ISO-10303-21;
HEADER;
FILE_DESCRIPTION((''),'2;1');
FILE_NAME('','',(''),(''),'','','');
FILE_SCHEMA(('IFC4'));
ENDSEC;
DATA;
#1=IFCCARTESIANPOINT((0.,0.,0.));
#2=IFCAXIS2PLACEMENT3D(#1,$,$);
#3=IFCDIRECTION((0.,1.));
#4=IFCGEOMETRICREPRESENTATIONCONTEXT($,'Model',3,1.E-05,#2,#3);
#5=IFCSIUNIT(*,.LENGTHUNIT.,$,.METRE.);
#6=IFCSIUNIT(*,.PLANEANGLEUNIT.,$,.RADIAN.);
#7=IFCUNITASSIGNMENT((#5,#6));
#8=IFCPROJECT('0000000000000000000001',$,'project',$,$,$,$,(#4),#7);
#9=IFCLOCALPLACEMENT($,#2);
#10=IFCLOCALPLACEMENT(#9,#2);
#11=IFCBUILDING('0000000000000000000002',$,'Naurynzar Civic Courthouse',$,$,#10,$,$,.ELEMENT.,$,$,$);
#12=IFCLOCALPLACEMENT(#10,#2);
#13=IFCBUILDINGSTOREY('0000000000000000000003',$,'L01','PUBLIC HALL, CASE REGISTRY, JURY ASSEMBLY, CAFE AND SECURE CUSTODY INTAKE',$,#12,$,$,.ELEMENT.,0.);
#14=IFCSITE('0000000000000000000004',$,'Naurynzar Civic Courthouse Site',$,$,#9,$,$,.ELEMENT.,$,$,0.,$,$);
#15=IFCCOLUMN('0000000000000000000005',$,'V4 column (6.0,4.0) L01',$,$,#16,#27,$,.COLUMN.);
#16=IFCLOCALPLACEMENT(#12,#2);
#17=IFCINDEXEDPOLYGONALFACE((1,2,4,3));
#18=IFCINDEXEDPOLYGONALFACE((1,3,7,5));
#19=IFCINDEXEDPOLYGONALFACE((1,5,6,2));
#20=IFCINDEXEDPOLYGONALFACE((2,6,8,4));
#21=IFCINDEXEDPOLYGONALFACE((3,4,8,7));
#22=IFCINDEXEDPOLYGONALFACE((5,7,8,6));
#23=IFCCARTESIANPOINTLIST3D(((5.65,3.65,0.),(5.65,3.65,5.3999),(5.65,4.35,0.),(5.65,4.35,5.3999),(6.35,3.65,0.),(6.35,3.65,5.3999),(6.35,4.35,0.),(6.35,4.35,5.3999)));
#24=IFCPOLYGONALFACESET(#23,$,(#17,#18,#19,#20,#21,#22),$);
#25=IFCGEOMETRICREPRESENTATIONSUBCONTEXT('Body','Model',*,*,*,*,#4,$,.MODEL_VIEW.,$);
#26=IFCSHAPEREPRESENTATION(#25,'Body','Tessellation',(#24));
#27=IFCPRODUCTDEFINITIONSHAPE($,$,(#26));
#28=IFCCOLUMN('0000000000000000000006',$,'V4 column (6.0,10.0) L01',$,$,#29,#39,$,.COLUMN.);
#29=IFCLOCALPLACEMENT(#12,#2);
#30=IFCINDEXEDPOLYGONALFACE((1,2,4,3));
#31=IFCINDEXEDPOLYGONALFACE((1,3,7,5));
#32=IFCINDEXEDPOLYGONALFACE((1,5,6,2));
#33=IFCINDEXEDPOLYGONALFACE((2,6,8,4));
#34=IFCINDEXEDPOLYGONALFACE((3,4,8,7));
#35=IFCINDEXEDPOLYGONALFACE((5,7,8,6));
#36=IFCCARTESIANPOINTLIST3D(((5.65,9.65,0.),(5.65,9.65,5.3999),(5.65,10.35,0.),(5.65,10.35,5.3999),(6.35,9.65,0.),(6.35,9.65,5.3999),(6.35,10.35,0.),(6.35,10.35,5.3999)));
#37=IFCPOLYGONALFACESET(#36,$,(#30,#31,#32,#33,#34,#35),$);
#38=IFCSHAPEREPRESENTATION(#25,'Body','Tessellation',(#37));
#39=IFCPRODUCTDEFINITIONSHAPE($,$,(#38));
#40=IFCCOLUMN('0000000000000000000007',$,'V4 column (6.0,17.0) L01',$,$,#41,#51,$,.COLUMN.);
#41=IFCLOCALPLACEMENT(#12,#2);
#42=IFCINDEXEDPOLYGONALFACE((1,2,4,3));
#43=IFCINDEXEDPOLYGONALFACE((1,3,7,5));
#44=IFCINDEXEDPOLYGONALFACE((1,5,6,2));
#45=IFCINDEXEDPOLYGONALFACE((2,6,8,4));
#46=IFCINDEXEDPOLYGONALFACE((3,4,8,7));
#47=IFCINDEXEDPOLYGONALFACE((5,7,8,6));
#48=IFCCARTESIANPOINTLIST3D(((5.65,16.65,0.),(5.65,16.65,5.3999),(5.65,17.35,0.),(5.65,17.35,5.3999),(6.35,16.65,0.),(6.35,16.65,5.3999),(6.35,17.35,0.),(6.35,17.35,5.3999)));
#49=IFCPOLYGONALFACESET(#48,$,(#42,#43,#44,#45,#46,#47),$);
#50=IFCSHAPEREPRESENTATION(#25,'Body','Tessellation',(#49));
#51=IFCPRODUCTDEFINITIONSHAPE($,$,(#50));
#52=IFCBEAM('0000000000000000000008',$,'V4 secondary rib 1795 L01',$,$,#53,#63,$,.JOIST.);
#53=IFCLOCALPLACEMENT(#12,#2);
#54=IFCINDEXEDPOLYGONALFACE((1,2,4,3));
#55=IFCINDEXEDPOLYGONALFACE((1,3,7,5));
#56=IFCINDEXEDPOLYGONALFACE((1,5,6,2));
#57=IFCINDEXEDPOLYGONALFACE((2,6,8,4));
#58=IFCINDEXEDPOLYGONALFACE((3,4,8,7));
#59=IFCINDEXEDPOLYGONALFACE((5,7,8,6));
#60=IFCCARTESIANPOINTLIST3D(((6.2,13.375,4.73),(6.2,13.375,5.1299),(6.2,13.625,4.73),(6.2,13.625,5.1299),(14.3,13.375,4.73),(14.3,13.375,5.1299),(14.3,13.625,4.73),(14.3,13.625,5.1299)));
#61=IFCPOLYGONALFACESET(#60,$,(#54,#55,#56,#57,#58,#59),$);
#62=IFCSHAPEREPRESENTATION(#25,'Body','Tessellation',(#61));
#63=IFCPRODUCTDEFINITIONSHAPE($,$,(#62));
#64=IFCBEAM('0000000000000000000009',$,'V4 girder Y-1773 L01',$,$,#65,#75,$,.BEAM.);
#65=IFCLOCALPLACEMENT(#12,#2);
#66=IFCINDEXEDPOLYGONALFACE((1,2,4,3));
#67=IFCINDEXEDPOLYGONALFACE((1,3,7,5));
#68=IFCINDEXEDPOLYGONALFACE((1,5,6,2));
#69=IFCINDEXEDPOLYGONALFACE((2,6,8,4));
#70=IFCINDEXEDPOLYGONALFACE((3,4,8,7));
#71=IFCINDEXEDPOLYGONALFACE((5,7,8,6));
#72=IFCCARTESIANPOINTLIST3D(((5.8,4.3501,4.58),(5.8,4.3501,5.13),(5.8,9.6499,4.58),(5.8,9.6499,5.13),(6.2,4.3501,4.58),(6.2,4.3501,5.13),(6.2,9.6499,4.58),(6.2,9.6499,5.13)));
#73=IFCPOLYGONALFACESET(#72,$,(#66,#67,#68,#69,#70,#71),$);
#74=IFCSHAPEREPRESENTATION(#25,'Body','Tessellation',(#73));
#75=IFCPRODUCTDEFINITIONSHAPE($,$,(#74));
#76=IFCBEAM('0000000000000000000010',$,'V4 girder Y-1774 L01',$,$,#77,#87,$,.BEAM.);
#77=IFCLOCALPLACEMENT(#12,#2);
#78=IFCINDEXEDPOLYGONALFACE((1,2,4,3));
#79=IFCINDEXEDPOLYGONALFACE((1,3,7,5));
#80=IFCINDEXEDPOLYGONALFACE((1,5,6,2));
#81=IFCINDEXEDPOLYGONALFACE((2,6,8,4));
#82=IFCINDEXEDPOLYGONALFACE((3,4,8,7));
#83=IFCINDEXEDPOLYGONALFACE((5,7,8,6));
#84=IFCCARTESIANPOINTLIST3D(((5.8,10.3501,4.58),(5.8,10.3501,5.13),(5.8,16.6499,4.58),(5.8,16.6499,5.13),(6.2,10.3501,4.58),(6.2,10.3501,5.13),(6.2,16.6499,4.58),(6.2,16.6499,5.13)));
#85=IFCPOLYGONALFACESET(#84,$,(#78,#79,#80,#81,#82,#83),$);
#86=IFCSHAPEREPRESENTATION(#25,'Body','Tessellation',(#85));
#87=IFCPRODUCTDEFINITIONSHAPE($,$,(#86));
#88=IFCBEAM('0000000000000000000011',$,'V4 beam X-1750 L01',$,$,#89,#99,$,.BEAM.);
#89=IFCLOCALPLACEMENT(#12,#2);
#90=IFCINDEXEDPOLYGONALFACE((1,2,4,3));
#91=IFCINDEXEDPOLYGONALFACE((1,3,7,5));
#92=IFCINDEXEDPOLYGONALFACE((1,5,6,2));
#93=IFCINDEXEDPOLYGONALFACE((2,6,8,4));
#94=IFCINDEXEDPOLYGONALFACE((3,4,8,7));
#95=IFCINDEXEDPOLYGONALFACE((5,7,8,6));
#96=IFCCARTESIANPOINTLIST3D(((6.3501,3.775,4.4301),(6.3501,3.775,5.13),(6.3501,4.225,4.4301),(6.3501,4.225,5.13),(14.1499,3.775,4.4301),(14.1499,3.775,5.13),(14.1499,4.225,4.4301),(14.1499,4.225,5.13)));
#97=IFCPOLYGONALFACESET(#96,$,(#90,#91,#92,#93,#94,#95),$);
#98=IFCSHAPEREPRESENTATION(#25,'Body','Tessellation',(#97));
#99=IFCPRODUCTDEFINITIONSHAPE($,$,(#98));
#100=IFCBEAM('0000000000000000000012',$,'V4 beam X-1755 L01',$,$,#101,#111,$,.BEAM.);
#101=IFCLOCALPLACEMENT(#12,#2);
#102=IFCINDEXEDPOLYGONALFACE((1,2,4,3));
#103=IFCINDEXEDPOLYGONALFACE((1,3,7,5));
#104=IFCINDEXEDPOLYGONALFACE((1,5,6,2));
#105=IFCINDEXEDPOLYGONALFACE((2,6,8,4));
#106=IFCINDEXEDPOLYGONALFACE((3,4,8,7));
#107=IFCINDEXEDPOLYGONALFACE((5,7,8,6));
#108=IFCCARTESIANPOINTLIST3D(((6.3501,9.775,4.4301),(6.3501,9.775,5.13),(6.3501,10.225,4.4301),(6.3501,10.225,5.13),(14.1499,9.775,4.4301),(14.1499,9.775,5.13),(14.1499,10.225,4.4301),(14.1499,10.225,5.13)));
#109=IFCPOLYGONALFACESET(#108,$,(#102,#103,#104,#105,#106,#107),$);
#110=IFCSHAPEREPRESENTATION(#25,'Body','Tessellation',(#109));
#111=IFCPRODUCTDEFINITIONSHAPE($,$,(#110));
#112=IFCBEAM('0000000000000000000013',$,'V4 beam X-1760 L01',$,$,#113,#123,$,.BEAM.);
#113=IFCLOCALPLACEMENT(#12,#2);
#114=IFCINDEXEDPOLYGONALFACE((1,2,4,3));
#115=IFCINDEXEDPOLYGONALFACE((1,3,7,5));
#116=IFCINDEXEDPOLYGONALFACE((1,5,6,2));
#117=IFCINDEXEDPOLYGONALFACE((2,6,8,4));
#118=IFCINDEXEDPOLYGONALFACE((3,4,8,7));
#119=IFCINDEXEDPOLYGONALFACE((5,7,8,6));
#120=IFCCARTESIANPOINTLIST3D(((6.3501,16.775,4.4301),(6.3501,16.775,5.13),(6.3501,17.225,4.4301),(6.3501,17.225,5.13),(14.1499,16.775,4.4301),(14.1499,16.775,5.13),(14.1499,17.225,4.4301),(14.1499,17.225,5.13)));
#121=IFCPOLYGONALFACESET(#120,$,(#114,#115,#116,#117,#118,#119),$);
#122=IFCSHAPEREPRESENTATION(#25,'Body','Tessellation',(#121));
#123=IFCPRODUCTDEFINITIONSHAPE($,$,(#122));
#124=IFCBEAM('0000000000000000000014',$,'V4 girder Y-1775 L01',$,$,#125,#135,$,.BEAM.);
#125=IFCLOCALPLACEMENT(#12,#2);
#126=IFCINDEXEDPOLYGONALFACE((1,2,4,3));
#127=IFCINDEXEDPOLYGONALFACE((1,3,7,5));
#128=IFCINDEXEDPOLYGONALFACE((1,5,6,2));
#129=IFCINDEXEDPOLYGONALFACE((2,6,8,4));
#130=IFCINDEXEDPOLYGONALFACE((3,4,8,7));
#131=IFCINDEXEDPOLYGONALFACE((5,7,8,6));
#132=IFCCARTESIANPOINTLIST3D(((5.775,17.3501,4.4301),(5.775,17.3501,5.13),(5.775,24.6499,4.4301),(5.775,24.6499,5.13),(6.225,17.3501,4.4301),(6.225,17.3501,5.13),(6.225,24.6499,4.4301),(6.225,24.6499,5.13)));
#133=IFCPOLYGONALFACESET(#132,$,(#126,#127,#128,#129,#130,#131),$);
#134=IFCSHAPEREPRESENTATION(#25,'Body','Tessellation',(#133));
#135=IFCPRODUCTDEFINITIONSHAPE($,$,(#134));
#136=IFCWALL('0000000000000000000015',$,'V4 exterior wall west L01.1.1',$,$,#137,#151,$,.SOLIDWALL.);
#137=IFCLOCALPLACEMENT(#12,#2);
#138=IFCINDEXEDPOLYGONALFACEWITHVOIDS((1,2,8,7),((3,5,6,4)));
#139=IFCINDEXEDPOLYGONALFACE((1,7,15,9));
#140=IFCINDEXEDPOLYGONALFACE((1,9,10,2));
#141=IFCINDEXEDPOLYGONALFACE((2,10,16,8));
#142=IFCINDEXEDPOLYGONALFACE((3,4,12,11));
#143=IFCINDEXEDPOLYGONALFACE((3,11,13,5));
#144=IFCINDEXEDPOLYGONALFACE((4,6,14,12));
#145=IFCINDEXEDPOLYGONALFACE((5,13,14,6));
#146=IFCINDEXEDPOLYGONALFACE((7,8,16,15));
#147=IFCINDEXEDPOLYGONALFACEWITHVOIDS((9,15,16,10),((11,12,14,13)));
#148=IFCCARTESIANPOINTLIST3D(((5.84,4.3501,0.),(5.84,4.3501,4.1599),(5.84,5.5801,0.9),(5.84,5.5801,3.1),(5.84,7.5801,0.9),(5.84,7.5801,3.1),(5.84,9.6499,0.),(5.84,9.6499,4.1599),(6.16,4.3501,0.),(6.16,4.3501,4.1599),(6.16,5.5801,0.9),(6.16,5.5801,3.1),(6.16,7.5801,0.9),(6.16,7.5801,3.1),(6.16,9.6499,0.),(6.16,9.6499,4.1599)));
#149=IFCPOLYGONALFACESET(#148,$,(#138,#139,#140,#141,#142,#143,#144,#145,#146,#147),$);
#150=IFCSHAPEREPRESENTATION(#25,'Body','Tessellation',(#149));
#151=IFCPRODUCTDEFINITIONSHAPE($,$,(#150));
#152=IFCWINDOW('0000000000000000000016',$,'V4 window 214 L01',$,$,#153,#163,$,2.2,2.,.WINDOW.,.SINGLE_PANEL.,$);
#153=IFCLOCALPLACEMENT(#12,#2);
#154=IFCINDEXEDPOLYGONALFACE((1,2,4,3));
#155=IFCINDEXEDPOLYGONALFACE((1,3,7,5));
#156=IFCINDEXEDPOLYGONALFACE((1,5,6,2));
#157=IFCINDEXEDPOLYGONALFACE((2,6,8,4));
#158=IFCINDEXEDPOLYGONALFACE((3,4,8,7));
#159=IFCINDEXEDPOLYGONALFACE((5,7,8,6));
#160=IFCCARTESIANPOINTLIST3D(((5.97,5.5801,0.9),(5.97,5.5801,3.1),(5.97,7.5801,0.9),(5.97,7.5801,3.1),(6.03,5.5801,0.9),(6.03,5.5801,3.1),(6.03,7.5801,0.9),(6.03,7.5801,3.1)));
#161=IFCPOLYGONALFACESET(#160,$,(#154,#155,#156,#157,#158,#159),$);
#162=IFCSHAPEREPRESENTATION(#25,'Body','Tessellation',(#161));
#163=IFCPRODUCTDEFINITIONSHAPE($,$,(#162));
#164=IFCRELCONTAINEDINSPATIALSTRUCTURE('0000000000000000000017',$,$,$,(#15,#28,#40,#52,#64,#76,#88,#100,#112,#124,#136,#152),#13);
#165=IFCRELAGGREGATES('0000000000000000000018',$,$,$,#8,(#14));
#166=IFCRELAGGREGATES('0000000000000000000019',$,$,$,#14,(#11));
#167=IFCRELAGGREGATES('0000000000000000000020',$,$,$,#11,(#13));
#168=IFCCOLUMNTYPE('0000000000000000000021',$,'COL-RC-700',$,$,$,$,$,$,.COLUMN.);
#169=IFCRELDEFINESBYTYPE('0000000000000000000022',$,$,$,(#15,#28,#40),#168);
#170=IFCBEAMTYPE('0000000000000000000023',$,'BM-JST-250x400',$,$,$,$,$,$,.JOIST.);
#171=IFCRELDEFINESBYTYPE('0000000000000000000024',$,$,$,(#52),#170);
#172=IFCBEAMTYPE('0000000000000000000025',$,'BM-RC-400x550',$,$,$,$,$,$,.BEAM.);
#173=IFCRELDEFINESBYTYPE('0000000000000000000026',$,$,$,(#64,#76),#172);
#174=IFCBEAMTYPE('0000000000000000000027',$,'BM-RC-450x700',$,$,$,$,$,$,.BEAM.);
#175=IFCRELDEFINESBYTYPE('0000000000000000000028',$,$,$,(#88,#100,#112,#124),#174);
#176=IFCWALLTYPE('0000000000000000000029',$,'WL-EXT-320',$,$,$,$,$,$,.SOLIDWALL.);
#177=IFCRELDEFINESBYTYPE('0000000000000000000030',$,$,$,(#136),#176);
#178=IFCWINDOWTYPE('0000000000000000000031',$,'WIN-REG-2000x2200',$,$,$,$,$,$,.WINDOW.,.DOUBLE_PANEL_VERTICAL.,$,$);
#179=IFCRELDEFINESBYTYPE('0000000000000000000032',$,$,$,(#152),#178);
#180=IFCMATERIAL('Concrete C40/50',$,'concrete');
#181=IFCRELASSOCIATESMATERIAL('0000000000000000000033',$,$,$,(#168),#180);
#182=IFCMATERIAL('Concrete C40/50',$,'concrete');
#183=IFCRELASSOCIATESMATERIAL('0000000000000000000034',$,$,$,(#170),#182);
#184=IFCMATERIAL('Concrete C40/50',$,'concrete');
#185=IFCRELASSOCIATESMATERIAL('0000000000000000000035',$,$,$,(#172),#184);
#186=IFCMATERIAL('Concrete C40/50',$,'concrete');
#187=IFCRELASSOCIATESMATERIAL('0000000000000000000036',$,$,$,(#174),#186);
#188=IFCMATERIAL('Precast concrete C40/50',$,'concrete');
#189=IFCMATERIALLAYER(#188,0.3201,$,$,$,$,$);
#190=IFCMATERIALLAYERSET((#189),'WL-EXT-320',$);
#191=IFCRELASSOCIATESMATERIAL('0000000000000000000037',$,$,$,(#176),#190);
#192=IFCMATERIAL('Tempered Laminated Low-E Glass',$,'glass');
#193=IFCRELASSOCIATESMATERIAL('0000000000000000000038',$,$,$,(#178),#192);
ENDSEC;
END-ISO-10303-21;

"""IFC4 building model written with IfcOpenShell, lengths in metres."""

from ifc_helpers import new_model, si_unit, direction, frame, frame_2d, origin, origin_2d, place, context, subcontext, project, spatial, rectangle, extrude, material, layer, layer_set, material_profile, profile_set, type_object, element, fill, save


model = new_model("IFC4")

# Units and contexts
model_context = context("Model", 3, precision=1e-05, world=origin(), true_north=direction((0.0, 1.0)))
body_context = subcontext(model_context, "Body", "Model", "MODEL_VIEW")
ifc_project = project(units=[si_unit("LENGTHUNIT", "METRE"), si_unit("PLANEANGLEUNIT", "RADIAN")], contexts=[model_context])

# Site, building, storey
site_placement = place(None, origin())
site = spatial("IfcSite", under=ifc_project, at=site_placement, Name="Naurynzar Civic Courthouse Site", CompositionType="ELEMENT", RefElevation=0.0)
building_placement = place(site_placement, origin())
building = spatial("IfcBuilding", under=site, at=building_placement, Name="Naurynzar Civic Courthouse", CompositionType="ELEMENT")
storey_placement = place(building_placement, origin())
storey = spatial("IfcBuildingStorey", under=building, at=storey_placement, Name="L01", Description="PUBLIC HALL, CASE REGISTRY, JURY ASSEMBLY, CAFE AND SECURE CUSTODY INTAKE", CompositionType="ELEMENT", Elevation=0.0)

# Columns
ifc_material_1 = material(Name="Concrete C40/50", Category="concrete")
ifc_material_profile_1 = material_profile(ifc_material_1, rectangle(XDim=0.7, YDim=0.7, at=origin_2d()), Name="RC 700x700")
ifc_profile_set_1 = profile_set([ifc_material_profile_1], Name="Concrete C40/50")
column_type = type_object("IfcColumnType", Name="COL-RC-700", PredefinedType="COLUMN", material=ifc_profile_set_1)
for number, where, z_axis, x_axis, name in (
    (1, (6.0, 4.0, 0.0), (0.0, 0.0, 1.0), (1.0, 0.0, 0.0), "V4 column (6.0,4.0) L01"),
    (2, (6.0, 10.0, 0.0), (0.0, 0.0, 1.0), (1.0, 0.0, 0.0), "V4 column (6.0,10.0) L01"),
    (3, (6.0, 17.0, 0.0), (0.0, 0.0, 1.0), (1.0, 0.0, 0.0), "V4 column (6.0,17.0) L01"),
):
    element("IfcColumn", number, at=place(storey_placement, frame(where, z_axis=z_axis, x_axis=x_axis)), inside=storey, type_object=column_type, Name=name, PredefinedType="COLUMN", context=body_context, shape_type="SweptSolid", body=[
        extrude(rectangle(XDim=0.7, YDim=0.7, at=origin_2d()), origin(), (0.0, 0.0, 1.0), 5.3999),
    ])

# Beams
ifc_material_2 = material(Name="Concrete C40/50", Category="concrete")
ifc_material_profile_2 = material_profile(ifc_material_2, rectangle(XDim=0.25, YDim=0.3999, at=origin_2d()), Name="RCB 250x400")
ifc_profile_set_2 = profile_set([ifc_material_profile_2], Name="Concrete C40/50")
beam_type_1 = type_object("IfcBeamType", Name="BM-JST-250x400", PredefinedType="JOIST", material=ifc_profile_set_2)
beam_1_placement = place(storey_placement, frame((6.2, 13.5, 4.9299), z_axis=(1.0, 0.0, 0.0), x_axis=(0.0, 1.0, 0.0)))
element("IfcBeam", 4, at=beam_1_placement, inside=storey, type_object=beam_type_1, Name="V4 secondary rib 1795 L01", PredefinedType="JOIST", context=body_context, shape_type="SweptSolid", body=[
    extrude(rectangle(XDim=0.25, YDim=0.3999, at=origin_2d()), origin(), (0.0, 0.0, 1.0), 8.1001),
])
ifc_material_3 = material(Name="Concrete C40/50", Category="concrete")
ifc_material_profile_3 = material_profile(ifc_material_3, rectangle(XDim=0.3999, YDim=0.55, at=origin_2d()), Name="RCB 400x550")
ifc_profile_set_3 = profile_set([ifc_material_profile_3], Name="Concrete C40/50")
beam_type_2 = type_object("IfcBeamType", Name="BM-RC-400x550", PredefinedType="BEAM", material=ifc_profile_set_3)
beam_2_placement = place(storey_placement, frame((6.0, 4.3501, 4.855), z_axis=(0.0, 1.0, 0.0), x_axis=(-1.0, 0.0, 0.0)))
element("IfcBeam", 5, at=beam_2_placement, inside=storey, type_object=beam_type_2, Name="V4 girder Y-1773 L01", PredefinedType="BEAM", context=body_context, shape_type="SweptSolid", body=[
    extrude(rectangle(XDim=0.3999, YDim=0.55, at=origin_2d()), origin(), (0.0, 0.0, 1.0), 5.2998),
])
beam_3_placement = place(storey_placement, frame((6.0, 10.3501, 4.855), z_axis=(0.0, 1.0, 0.0), x_axis=(-1.0, 0.0, 0.0)))
element("IfcBeam", 6, at=beam_3_placement, inside=storey, type_object=beam_type_2, Name="V4 girder Y-1774 L01", PredefinedType="BEAM", context=body_context, shape_type="SweptSolid", body=[
    extrude(rectangle(XDim=0.3999, YDim=0.55, at=origin_2d()), origin(), (0.0, 0.0, 1.0), 6.2998),
])
ifc_material_4 = material(Name="Concrete C40/50", Category="concrete")
ifc_material_profile_4 = material_profile(ifc_material_4, rectangle(XDim=0.45, YDim=0.7, at=origin_2d()), Name="RCB 450x700")
ifc_profile_set_4 = profile_set([ifc_material_profile_4], Name="Concrete C40/50")
beam_type_3 = type_object("IfcBeamType", Name="BM-RC-450x700", PredefinedType="BEAM", material=ifc_profile_set_4)
for number, where, z_axis, x_axis, name in (
    (7, (6.3501, 4.0, 4.78), (1.0, 0.0, 0.0), (0.0, 1.0, 0.0), "V4 beam X-1750 L01"),
    (8, (6.3501, 10.0, 4.78), (1.0, 0.0, 0.0), (0.0, 1.0, 0.0), "V4 beam X-1755 L01"),
    (9, (6.3501, 17.0, 4.78), (1.0, 0.0, 0.0), (0.0, 1.0, 0.0), "V4 beam X-1760 L01"),
):
    element("IfcBeam", number, at=place(storey_placement, frame(where, z_axis=z_axis, x_axis=x_axis)), inside=storey, type_object=beam_type_3, Name=name, PredefinedType="BEAM", context=body_context, shape_type="SweptSolid", body=[
        extrude(rectangle(XDim=0.45, YDim=0.7, at=origin_2d()), origin(), (0.0, 0.0, 1.0), 7.7998),
    ])
beam_4_placement = place(storey_placement, frame((6.0, 17.3501, 4.78), z_axis=(0.0, 1.0, 0.0), x_axis=(-1.0, 0.0, 0.0)))
element("IfcBeam", 10, at=beam_4_placement, inside=storey, type_object=beam_type_3, Name="V4 girder Y-1775 L01", PredefinedType="BEAM", context=body_context, shape_type="SweptSolid", body=[
    extrude(rectangle(XDim=0.45, YDim=0.7, at=origin_2d()), origin(), (0.0, 0.0, 1.0), 7.2998),
])

# Wall, opening, window
ifc_material_5 = material(Name="Precast concrete C40/50", Category="concrete")
ifc_layer_1 = layer(ifc_material_5, 0.3201)
ifc_layer_set_1 = layer_set([ifc_layer_1], Name="WL-EXT-320")
wall_type_1 = type_object("IfcWallType", Name="WL-EXT-320", PredefinedType="SOLIDWALL", material=ifc_layer_set_1)
wall_1_placement = place(storey_placement, frame((6.0, 4.3501, 0.0), z_axis=(0.0, 0.0, 1.0), x_axis=(0.0, 1.0, 0.0)))
wall_1 = element("IfcWall", 11, at=wall_1_placement, inside=storey, type_object=wall_type_1, Name="V4 exterior wall west L01.1.1", PredefinedType="SOLIDWALL", context=body_context, shape_type="SweptSolid", body=[
    extrude(rectangle(XDim=5.2998, YDim=0.3201, at=frame_2d((2.6499, 0.0))), origin(), (0.0, 0.0, 1.0), 4.1599),
])
opening_1_placement = place(wall_1_placement, frame((1.23, 0.0, 0.8999)))
opening_1 = element("IfcOpeningElement", 12, at=opening_1_placement, cuts=wall_1, PredefinedType="OPENING", context=body_context, shape_type="SweptSolid", body=[
    extrude(rectangle(XDim=2.0, YDim=2.2, at=frame_2d((1.0, 1.1001))), frame((0.0, 0.1699, 0.0), z_axis=(0.0, -1.0, 0.0), x_axis=(1.0, 0.0, 0.0)), (0.0, 0.0, 1.0), 0.3401),
])
ifc_material_6 = material(Name="Tempered Laminated Low-E Glass", Category="glass")
window_type = type_object("IfcWindowType", Name="WIN-REG-2000x2200", PartitioningType="DOUBLE_PANEL_VERTICAL", PredefinedType="WINDOW", material=ifc_material_6)
window_placement = place(opening_1_placement, origin())
window = element("IfcWindow", 13, at=window_placement, inside=storey, type_object=window_type, Name="V4 window 214 L01", OverallHeight=2.2, OverallWidth=2.0, PartitioningType="SINGLE_PANEL", PredefinedType="WINDOW", context=body_context, shape_type="SweptSolid", body=[
    extrude(rectangle(XDim=2.0, YDim=2.2, at=frame_2d((1.0, 1.1001))), frame((0.0, 0.03, 0.0), z_axis=(0.0, -1.0, 0.0), x_axis=(1.0, 0.0, 0.0)), (0.0, 0.0, 1.0), 0.0601),
])
fill(opening_1, window)

save(model, "model.ifc")
